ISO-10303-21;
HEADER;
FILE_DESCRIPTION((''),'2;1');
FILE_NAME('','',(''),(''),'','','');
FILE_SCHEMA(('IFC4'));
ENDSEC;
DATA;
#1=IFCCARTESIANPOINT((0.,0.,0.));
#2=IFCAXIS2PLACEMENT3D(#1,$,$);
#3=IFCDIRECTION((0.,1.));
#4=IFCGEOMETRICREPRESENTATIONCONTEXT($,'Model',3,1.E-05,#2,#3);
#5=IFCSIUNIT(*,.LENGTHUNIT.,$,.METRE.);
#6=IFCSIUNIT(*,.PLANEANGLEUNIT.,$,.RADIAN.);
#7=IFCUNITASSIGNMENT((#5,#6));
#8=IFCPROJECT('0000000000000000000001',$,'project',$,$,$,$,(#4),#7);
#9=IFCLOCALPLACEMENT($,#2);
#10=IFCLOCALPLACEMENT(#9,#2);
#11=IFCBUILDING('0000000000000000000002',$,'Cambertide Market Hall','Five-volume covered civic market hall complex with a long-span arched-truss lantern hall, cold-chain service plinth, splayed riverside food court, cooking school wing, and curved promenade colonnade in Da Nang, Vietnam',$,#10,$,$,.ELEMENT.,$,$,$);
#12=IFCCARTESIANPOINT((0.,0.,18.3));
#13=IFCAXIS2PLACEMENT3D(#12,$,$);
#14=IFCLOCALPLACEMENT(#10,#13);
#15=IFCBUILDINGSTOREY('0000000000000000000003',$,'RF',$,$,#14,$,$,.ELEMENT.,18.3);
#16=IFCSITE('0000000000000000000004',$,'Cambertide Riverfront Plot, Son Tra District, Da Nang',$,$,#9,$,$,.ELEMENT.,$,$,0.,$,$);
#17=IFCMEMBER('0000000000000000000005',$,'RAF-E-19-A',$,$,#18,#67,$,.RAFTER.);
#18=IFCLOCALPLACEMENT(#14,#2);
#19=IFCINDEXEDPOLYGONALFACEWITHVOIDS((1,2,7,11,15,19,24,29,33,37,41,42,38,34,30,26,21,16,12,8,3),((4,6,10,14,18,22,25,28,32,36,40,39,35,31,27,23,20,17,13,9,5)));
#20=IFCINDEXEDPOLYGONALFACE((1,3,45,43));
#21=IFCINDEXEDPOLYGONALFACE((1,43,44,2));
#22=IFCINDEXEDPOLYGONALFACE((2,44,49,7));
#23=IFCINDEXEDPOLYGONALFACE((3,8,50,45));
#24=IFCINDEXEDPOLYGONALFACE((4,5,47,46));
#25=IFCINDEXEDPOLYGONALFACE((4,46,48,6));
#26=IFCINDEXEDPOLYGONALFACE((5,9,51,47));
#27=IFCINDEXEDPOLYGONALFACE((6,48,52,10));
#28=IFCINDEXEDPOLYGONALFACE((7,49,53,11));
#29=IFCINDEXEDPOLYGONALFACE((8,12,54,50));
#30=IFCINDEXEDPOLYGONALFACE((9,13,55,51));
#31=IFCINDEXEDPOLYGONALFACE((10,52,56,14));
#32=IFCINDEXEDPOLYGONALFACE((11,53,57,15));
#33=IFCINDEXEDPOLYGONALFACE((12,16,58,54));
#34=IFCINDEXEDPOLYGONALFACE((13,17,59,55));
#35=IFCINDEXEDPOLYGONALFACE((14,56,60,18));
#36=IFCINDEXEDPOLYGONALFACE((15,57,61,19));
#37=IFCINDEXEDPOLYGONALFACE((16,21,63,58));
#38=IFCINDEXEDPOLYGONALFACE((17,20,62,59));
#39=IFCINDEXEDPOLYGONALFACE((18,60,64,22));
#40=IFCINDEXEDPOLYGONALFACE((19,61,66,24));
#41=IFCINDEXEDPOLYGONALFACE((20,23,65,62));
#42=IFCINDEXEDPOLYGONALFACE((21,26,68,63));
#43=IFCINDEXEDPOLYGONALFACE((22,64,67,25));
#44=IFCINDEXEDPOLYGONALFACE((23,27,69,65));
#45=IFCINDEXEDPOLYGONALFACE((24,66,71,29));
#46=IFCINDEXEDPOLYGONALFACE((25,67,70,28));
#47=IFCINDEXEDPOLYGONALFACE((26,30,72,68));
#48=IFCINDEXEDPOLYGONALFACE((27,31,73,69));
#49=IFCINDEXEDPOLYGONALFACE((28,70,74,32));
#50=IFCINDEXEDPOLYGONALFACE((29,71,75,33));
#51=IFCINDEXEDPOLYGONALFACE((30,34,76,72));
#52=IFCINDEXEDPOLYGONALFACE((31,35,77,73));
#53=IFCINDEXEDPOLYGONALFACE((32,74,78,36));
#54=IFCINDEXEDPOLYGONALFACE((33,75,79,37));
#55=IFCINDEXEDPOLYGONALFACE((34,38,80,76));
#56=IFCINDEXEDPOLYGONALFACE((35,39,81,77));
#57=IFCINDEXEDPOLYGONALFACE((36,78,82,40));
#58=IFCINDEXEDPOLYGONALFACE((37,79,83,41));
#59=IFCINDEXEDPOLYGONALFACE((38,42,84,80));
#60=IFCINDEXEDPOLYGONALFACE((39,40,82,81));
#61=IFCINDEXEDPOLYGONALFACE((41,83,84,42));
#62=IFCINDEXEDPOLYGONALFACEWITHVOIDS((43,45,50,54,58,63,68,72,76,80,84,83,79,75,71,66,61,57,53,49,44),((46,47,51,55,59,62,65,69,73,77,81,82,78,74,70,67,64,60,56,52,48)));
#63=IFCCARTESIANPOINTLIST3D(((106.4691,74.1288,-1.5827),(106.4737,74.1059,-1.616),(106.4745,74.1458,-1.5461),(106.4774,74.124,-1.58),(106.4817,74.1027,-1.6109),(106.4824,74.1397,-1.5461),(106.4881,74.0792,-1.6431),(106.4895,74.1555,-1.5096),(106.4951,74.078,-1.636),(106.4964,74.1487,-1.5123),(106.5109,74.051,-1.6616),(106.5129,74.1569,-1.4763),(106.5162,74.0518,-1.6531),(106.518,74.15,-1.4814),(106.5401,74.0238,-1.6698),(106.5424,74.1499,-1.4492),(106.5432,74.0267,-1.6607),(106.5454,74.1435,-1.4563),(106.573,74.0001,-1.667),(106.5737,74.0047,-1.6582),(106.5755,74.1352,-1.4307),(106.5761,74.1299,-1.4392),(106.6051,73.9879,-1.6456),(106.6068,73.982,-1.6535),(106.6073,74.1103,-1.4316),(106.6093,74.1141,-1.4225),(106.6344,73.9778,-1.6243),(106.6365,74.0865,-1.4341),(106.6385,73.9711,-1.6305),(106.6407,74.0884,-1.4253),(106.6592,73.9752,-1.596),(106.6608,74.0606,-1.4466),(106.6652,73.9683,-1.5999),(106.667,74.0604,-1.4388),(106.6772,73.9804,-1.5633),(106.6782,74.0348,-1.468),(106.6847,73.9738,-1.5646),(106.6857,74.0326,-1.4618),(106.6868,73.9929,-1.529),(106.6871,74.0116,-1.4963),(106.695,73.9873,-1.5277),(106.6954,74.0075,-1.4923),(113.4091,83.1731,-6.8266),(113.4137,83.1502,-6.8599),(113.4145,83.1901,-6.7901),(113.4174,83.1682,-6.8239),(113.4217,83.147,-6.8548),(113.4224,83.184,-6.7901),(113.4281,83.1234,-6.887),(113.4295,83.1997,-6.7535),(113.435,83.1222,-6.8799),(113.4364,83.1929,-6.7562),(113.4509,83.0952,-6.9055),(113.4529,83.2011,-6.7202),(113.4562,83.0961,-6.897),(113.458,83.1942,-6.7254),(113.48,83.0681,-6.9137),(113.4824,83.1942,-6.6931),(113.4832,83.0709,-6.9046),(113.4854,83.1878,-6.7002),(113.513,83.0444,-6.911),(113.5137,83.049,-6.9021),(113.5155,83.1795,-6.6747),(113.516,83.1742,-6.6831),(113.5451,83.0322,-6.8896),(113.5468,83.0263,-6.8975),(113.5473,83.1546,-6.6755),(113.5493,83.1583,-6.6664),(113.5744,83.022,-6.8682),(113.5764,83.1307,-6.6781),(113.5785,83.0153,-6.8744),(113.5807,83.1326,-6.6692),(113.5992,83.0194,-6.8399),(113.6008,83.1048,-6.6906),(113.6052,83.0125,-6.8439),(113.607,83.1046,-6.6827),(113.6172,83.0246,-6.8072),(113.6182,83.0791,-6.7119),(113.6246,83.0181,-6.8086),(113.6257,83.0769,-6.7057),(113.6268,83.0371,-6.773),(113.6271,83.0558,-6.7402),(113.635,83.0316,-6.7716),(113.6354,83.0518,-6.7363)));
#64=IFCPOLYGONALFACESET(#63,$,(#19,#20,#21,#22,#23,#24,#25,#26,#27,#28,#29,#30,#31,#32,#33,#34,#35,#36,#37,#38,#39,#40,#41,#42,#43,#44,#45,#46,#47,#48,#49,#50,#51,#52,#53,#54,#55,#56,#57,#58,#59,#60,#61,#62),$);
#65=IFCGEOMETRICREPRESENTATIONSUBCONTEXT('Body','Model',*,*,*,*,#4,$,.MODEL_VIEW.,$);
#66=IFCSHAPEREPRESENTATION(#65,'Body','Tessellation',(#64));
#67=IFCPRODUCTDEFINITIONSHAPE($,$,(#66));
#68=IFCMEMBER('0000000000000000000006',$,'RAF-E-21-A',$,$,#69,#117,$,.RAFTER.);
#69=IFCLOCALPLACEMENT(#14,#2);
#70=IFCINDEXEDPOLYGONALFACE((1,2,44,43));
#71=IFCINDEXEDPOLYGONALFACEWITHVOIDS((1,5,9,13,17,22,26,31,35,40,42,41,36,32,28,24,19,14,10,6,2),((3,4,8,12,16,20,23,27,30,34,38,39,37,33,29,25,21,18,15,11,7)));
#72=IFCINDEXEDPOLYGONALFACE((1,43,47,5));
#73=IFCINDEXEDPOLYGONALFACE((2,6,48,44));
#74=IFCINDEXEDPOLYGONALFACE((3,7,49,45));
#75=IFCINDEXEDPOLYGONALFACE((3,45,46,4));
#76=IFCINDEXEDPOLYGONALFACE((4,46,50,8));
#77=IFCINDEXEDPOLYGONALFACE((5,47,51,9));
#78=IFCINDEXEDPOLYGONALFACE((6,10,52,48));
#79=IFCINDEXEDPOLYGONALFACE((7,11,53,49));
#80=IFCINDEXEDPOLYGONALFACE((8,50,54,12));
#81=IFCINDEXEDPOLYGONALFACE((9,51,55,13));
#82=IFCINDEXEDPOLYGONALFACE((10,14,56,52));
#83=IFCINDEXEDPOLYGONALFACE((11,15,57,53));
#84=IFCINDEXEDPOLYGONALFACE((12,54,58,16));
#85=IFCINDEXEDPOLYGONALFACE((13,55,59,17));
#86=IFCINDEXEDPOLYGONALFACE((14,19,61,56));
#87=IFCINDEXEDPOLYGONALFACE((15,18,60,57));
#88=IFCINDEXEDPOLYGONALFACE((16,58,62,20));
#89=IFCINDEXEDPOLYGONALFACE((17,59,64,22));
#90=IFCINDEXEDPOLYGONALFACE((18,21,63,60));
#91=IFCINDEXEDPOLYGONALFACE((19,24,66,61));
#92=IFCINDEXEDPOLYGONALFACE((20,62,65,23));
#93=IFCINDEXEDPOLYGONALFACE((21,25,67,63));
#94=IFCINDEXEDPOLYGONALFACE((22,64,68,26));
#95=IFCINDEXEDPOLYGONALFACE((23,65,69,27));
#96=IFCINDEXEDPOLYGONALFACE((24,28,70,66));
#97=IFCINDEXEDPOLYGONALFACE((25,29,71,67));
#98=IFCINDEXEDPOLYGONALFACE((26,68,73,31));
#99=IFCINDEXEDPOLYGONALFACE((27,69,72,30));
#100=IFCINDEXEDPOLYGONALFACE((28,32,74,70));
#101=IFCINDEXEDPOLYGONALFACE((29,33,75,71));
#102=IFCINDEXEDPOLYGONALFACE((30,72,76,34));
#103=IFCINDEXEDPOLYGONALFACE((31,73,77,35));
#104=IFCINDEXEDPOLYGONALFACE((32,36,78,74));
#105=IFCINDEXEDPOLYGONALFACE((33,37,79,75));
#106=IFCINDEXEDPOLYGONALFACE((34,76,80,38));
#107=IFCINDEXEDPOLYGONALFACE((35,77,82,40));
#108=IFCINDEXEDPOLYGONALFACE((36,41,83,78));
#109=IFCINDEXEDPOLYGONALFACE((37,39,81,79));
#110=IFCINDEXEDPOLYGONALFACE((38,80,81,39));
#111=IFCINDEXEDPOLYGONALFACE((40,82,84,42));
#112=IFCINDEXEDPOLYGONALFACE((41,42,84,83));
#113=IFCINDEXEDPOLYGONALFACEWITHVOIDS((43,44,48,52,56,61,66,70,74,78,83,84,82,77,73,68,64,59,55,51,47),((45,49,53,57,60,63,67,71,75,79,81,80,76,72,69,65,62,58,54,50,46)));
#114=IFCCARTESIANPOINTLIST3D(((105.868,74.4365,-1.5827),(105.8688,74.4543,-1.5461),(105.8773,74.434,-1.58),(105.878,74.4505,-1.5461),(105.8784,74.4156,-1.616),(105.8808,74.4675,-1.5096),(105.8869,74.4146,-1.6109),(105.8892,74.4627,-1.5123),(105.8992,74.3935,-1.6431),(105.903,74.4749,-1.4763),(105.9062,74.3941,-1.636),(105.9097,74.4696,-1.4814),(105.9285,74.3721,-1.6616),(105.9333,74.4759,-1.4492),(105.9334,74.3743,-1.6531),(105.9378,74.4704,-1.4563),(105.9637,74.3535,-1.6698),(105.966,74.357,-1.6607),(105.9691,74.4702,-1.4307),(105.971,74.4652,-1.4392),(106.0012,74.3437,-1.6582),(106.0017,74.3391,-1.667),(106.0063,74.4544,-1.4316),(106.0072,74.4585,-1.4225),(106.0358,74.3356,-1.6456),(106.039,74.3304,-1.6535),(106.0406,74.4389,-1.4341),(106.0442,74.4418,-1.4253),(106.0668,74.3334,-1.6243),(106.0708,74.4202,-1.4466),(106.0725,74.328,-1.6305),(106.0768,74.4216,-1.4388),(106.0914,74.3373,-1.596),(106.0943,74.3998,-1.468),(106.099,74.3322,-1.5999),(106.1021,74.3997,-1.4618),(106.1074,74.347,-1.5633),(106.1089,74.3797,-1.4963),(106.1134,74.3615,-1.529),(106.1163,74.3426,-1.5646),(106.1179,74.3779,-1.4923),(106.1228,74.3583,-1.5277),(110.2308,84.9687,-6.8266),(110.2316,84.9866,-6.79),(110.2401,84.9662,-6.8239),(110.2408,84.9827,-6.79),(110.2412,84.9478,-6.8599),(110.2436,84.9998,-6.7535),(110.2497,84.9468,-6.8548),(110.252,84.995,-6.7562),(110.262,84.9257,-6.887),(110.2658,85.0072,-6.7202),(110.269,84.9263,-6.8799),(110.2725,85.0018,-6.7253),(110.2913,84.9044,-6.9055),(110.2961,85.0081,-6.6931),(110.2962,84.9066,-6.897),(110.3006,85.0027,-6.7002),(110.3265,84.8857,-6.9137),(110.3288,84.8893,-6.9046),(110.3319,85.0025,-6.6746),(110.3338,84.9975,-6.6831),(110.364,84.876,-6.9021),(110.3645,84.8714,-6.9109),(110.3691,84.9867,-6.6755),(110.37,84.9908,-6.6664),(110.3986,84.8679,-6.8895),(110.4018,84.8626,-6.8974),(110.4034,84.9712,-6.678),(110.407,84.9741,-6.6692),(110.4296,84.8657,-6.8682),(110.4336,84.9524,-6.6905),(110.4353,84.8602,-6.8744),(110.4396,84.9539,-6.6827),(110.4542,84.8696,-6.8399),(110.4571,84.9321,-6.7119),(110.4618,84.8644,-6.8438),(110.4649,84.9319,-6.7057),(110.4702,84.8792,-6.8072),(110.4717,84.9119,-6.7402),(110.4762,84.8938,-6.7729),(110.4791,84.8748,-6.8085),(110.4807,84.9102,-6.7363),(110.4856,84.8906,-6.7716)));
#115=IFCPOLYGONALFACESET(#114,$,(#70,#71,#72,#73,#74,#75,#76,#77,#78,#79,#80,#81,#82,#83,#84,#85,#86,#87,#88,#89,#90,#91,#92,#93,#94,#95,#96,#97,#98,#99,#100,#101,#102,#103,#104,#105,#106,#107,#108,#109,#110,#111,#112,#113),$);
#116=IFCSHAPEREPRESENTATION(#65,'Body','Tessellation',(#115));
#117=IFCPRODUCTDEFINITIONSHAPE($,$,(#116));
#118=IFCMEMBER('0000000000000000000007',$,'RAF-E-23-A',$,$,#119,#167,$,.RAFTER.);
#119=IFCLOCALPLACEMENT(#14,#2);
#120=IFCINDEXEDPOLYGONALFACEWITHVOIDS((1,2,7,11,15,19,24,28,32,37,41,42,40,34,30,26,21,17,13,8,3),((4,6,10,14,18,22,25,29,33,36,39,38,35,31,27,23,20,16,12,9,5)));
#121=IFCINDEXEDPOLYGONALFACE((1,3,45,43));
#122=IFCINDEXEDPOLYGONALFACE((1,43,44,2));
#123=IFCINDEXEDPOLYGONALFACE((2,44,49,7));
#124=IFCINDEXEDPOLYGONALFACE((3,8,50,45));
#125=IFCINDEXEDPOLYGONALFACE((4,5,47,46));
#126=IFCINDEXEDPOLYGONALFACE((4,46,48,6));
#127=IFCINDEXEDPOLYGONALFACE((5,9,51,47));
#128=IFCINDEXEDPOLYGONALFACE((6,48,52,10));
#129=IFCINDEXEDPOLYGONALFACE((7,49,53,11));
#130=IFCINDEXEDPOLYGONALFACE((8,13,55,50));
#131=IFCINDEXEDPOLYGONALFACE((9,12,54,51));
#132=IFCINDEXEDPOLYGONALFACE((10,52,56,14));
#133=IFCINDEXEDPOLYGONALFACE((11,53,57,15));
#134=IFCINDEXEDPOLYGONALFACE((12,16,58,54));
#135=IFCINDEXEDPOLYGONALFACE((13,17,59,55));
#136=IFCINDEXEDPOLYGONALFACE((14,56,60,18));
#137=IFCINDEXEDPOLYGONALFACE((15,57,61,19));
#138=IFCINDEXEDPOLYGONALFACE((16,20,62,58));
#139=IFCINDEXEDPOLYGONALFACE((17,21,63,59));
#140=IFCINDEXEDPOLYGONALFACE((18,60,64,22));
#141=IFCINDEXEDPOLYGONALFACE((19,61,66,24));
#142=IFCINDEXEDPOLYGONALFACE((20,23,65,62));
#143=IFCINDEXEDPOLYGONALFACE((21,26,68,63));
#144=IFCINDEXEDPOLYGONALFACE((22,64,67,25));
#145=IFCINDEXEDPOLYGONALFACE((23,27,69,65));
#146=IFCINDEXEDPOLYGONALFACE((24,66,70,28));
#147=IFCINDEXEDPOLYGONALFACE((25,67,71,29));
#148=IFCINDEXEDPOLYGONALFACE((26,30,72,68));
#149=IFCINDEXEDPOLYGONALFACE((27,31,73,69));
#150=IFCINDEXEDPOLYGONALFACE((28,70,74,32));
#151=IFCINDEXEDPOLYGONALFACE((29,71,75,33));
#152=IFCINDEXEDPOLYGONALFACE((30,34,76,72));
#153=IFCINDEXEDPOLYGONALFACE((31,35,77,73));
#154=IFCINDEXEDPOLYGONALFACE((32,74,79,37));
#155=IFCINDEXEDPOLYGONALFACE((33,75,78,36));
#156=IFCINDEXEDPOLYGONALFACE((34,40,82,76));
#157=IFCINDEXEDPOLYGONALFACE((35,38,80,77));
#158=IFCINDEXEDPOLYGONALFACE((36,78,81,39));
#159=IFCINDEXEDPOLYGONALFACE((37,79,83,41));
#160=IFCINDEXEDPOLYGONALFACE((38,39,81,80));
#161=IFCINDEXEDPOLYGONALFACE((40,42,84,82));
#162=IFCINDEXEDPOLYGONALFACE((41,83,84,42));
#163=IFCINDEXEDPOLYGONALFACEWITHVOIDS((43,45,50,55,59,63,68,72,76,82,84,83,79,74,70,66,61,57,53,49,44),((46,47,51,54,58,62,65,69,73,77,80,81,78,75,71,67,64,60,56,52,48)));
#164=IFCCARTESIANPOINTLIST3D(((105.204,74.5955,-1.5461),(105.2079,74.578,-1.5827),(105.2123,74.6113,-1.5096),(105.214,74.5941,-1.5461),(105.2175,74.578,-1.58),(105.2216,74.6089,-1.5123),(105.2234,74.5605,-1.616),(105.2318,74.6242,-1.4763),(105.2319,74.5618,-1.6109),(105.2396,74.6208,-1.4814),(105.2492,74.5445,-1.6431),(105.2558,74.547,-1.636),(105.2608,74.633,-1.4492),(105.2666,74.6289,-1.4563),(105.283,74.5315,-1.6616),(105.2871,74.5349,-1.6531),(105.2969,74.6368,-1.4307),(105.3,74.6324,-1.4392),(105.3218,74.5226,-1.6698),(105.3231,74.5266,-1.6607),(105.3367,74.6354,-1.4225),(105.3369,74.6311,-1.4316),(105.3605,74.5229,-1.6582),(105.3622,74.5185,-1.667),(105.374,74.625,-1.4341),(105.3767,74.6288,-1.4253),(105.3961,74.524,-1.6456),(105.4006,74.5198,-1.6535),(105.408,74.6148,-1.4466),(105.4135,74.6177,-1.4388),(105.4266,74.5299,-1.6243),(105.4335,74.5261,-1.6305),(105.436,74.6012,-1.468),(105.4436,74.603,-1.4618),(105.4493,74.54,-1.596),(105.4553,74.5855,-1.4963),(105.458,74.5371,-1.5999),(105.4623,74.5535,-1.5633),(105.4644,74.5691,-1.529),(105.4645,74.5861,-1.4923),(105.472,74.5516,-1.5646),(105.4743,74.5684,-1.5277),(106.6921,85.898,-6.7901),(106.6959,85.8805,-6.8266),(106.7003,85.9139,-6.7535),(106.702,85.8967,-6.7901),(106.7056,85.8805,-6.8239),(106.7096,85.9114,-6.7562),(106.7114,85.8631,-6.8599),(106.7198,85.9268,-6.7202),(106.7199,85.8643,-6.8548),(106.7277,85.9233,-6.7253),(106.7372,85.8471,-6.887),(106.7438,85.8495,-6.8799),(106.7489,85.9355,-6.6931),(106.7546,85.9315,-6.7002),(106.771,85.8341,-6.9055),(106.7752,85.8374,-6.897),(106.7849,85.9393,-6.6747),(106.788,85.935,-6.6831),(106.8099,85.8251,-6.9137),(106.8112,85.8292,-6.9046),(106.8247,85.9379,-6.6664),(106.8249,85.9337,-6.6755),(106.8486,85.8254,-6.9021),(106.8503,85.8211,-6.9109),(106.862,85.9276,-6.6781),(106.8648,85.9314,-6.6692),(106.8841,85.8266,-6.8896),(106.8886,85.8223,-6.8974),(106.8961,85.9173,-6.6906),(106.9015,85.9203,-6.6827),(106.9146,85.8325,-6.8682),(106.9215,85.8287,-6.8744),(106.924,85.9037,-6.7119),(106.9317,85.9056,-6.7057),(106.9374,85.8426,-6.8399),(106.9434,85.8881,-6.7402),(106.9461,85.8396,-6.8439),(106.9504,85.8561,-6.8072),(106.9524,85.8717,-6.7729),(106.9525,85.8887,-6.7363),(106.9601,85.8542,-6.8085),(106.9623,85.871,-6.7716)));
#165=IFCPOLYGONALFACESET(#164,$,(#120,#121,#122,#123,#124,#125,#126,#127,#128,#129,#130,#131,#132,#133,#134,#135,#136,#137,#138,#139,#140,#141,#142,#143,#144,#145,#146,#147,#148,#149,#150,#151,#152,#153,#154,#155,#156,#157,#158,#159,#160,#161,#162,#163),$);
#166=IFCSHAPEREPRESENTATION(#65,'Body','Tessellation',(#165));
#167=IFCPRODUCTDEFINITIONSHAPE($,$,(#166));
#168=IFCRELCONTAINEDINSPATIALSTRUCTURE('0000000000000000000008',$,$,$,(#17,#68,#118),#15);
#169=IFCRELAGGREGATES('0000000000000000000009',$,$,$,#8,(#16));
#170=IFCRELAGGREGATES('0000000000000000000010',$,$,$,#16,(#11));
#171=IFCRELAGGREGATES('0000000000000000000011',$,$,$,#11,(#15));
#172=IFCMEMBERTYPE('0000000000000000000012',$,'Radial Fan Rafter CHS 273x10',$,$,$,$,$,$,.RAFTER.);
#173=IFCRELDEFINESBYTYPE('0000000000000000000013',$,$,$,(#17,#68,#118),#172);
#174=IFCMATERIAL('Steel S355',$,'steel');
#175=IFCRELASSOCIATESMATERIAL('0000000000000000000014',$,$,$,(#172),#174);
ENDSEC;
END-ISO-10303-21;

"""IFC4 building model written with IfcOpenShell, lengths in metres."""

from ifc_helpers import new_model, si_unit, direction, frame, origin, origin_2d, place, context, subcontext, project, spatial, hollow_circle, extrude, material, material_profile, profile_set, type_object, element, save


model = new_model("IFC4")

# Units and contexts
model_context = context("Model", 3, precision=1e-05, world=origin(), true_north=direction((0.0, 1.0)))
body_context = subcontext(model_context, "Body", "Model", "MODEL_VIEW")
ifc_project = project(units=[si_unit("LENGTHUNIT", "METRE"), si_unit("PLANEANGLEUNIT", "RADIAN")], contexts=[model_context])

# Site, building, storey
site_placement = place(None, origin())
site = spatial("IfcSite", under=ifc_project, at=site_placement, Name="Cambertide Riverfront Plot, Son Tra District, Da Nang", CompositionType="ELEMENT", RefElevation=0.0)
building_placement = place(site_placement, origin())
building = spatial("IfcBuilding", under=site, at=building_placement, Name="Cambertide Market Hall", Description="Five-volume covered civic market hall complex with a long-span arched-truss lantern hall, cold-chain service plinth, splayed riverside food court, cooking school wing, and curved promenade colonnade in Da Nang, Vietnam", CompositionType="ELEMENT")
storey_placement = place(building_placement, frame((0.0, 0.0, 18.3)))
storey = spatial("IfcBuildingStorey", under=building, at=storey_placement, Name="RF", CompositionType="ELEMENT", Elevation=18.3)

# Members
ifc_material_1 = material(Name="Steel S355", Category="steel")
ifc_material_profile_1 = material_profile(ifc_material_1, hollow_circle(Radius=0.1365, WallThickness=0.01, at=origin_2d()), Name="CHS 273x10")
ifc_profile_set_1 = profile_set([ifc_material_profile_1], Name="Steel S355")
member_type_1 = type_object("IfcMemberType", Name="Radial Fan Rafter CHS 273x10", PredefinedType="RAFTER", material=ifc_profile_set_1)
for number, where, z_axis, x_axis, name in (
    (1, (106.5828, 74.0627, -1.5461), (0.55306, 0.720753, -0.417899), (-0.793349, 0.608766, 0.0), "RAF-E-19-A"),
    (2, (105.9949, 74.4021, -1.5461), (0.34768, 0.839334, -0.417896), (-0.923873, 0.382699, 0.0), "RAF-E-21-A"),
    (3, (105.3394, 74.5776, -1.5461), (0.118585, 0.900721, -0.417898), (-0.991444, 0.130529, 0.0), "RAF-E-23-A"),
):
    element("IfcMember", number, at=place(storey_placement, frame(where, z_axis=z_axis, x_axis=x_axis)), inside=storey, type_object=member_type_1, Name=name, PredefinedType="RAFTER", context=body_context, shape_type="SweptSolid", body=[
        extrude(hollow_circle(Radius=0.1365, WallThickness=0.01, at=origin_2d()), origin(), (0.0, 0.0, 1.0), 12.5483),
    ])

save(model, "model.ifc")
